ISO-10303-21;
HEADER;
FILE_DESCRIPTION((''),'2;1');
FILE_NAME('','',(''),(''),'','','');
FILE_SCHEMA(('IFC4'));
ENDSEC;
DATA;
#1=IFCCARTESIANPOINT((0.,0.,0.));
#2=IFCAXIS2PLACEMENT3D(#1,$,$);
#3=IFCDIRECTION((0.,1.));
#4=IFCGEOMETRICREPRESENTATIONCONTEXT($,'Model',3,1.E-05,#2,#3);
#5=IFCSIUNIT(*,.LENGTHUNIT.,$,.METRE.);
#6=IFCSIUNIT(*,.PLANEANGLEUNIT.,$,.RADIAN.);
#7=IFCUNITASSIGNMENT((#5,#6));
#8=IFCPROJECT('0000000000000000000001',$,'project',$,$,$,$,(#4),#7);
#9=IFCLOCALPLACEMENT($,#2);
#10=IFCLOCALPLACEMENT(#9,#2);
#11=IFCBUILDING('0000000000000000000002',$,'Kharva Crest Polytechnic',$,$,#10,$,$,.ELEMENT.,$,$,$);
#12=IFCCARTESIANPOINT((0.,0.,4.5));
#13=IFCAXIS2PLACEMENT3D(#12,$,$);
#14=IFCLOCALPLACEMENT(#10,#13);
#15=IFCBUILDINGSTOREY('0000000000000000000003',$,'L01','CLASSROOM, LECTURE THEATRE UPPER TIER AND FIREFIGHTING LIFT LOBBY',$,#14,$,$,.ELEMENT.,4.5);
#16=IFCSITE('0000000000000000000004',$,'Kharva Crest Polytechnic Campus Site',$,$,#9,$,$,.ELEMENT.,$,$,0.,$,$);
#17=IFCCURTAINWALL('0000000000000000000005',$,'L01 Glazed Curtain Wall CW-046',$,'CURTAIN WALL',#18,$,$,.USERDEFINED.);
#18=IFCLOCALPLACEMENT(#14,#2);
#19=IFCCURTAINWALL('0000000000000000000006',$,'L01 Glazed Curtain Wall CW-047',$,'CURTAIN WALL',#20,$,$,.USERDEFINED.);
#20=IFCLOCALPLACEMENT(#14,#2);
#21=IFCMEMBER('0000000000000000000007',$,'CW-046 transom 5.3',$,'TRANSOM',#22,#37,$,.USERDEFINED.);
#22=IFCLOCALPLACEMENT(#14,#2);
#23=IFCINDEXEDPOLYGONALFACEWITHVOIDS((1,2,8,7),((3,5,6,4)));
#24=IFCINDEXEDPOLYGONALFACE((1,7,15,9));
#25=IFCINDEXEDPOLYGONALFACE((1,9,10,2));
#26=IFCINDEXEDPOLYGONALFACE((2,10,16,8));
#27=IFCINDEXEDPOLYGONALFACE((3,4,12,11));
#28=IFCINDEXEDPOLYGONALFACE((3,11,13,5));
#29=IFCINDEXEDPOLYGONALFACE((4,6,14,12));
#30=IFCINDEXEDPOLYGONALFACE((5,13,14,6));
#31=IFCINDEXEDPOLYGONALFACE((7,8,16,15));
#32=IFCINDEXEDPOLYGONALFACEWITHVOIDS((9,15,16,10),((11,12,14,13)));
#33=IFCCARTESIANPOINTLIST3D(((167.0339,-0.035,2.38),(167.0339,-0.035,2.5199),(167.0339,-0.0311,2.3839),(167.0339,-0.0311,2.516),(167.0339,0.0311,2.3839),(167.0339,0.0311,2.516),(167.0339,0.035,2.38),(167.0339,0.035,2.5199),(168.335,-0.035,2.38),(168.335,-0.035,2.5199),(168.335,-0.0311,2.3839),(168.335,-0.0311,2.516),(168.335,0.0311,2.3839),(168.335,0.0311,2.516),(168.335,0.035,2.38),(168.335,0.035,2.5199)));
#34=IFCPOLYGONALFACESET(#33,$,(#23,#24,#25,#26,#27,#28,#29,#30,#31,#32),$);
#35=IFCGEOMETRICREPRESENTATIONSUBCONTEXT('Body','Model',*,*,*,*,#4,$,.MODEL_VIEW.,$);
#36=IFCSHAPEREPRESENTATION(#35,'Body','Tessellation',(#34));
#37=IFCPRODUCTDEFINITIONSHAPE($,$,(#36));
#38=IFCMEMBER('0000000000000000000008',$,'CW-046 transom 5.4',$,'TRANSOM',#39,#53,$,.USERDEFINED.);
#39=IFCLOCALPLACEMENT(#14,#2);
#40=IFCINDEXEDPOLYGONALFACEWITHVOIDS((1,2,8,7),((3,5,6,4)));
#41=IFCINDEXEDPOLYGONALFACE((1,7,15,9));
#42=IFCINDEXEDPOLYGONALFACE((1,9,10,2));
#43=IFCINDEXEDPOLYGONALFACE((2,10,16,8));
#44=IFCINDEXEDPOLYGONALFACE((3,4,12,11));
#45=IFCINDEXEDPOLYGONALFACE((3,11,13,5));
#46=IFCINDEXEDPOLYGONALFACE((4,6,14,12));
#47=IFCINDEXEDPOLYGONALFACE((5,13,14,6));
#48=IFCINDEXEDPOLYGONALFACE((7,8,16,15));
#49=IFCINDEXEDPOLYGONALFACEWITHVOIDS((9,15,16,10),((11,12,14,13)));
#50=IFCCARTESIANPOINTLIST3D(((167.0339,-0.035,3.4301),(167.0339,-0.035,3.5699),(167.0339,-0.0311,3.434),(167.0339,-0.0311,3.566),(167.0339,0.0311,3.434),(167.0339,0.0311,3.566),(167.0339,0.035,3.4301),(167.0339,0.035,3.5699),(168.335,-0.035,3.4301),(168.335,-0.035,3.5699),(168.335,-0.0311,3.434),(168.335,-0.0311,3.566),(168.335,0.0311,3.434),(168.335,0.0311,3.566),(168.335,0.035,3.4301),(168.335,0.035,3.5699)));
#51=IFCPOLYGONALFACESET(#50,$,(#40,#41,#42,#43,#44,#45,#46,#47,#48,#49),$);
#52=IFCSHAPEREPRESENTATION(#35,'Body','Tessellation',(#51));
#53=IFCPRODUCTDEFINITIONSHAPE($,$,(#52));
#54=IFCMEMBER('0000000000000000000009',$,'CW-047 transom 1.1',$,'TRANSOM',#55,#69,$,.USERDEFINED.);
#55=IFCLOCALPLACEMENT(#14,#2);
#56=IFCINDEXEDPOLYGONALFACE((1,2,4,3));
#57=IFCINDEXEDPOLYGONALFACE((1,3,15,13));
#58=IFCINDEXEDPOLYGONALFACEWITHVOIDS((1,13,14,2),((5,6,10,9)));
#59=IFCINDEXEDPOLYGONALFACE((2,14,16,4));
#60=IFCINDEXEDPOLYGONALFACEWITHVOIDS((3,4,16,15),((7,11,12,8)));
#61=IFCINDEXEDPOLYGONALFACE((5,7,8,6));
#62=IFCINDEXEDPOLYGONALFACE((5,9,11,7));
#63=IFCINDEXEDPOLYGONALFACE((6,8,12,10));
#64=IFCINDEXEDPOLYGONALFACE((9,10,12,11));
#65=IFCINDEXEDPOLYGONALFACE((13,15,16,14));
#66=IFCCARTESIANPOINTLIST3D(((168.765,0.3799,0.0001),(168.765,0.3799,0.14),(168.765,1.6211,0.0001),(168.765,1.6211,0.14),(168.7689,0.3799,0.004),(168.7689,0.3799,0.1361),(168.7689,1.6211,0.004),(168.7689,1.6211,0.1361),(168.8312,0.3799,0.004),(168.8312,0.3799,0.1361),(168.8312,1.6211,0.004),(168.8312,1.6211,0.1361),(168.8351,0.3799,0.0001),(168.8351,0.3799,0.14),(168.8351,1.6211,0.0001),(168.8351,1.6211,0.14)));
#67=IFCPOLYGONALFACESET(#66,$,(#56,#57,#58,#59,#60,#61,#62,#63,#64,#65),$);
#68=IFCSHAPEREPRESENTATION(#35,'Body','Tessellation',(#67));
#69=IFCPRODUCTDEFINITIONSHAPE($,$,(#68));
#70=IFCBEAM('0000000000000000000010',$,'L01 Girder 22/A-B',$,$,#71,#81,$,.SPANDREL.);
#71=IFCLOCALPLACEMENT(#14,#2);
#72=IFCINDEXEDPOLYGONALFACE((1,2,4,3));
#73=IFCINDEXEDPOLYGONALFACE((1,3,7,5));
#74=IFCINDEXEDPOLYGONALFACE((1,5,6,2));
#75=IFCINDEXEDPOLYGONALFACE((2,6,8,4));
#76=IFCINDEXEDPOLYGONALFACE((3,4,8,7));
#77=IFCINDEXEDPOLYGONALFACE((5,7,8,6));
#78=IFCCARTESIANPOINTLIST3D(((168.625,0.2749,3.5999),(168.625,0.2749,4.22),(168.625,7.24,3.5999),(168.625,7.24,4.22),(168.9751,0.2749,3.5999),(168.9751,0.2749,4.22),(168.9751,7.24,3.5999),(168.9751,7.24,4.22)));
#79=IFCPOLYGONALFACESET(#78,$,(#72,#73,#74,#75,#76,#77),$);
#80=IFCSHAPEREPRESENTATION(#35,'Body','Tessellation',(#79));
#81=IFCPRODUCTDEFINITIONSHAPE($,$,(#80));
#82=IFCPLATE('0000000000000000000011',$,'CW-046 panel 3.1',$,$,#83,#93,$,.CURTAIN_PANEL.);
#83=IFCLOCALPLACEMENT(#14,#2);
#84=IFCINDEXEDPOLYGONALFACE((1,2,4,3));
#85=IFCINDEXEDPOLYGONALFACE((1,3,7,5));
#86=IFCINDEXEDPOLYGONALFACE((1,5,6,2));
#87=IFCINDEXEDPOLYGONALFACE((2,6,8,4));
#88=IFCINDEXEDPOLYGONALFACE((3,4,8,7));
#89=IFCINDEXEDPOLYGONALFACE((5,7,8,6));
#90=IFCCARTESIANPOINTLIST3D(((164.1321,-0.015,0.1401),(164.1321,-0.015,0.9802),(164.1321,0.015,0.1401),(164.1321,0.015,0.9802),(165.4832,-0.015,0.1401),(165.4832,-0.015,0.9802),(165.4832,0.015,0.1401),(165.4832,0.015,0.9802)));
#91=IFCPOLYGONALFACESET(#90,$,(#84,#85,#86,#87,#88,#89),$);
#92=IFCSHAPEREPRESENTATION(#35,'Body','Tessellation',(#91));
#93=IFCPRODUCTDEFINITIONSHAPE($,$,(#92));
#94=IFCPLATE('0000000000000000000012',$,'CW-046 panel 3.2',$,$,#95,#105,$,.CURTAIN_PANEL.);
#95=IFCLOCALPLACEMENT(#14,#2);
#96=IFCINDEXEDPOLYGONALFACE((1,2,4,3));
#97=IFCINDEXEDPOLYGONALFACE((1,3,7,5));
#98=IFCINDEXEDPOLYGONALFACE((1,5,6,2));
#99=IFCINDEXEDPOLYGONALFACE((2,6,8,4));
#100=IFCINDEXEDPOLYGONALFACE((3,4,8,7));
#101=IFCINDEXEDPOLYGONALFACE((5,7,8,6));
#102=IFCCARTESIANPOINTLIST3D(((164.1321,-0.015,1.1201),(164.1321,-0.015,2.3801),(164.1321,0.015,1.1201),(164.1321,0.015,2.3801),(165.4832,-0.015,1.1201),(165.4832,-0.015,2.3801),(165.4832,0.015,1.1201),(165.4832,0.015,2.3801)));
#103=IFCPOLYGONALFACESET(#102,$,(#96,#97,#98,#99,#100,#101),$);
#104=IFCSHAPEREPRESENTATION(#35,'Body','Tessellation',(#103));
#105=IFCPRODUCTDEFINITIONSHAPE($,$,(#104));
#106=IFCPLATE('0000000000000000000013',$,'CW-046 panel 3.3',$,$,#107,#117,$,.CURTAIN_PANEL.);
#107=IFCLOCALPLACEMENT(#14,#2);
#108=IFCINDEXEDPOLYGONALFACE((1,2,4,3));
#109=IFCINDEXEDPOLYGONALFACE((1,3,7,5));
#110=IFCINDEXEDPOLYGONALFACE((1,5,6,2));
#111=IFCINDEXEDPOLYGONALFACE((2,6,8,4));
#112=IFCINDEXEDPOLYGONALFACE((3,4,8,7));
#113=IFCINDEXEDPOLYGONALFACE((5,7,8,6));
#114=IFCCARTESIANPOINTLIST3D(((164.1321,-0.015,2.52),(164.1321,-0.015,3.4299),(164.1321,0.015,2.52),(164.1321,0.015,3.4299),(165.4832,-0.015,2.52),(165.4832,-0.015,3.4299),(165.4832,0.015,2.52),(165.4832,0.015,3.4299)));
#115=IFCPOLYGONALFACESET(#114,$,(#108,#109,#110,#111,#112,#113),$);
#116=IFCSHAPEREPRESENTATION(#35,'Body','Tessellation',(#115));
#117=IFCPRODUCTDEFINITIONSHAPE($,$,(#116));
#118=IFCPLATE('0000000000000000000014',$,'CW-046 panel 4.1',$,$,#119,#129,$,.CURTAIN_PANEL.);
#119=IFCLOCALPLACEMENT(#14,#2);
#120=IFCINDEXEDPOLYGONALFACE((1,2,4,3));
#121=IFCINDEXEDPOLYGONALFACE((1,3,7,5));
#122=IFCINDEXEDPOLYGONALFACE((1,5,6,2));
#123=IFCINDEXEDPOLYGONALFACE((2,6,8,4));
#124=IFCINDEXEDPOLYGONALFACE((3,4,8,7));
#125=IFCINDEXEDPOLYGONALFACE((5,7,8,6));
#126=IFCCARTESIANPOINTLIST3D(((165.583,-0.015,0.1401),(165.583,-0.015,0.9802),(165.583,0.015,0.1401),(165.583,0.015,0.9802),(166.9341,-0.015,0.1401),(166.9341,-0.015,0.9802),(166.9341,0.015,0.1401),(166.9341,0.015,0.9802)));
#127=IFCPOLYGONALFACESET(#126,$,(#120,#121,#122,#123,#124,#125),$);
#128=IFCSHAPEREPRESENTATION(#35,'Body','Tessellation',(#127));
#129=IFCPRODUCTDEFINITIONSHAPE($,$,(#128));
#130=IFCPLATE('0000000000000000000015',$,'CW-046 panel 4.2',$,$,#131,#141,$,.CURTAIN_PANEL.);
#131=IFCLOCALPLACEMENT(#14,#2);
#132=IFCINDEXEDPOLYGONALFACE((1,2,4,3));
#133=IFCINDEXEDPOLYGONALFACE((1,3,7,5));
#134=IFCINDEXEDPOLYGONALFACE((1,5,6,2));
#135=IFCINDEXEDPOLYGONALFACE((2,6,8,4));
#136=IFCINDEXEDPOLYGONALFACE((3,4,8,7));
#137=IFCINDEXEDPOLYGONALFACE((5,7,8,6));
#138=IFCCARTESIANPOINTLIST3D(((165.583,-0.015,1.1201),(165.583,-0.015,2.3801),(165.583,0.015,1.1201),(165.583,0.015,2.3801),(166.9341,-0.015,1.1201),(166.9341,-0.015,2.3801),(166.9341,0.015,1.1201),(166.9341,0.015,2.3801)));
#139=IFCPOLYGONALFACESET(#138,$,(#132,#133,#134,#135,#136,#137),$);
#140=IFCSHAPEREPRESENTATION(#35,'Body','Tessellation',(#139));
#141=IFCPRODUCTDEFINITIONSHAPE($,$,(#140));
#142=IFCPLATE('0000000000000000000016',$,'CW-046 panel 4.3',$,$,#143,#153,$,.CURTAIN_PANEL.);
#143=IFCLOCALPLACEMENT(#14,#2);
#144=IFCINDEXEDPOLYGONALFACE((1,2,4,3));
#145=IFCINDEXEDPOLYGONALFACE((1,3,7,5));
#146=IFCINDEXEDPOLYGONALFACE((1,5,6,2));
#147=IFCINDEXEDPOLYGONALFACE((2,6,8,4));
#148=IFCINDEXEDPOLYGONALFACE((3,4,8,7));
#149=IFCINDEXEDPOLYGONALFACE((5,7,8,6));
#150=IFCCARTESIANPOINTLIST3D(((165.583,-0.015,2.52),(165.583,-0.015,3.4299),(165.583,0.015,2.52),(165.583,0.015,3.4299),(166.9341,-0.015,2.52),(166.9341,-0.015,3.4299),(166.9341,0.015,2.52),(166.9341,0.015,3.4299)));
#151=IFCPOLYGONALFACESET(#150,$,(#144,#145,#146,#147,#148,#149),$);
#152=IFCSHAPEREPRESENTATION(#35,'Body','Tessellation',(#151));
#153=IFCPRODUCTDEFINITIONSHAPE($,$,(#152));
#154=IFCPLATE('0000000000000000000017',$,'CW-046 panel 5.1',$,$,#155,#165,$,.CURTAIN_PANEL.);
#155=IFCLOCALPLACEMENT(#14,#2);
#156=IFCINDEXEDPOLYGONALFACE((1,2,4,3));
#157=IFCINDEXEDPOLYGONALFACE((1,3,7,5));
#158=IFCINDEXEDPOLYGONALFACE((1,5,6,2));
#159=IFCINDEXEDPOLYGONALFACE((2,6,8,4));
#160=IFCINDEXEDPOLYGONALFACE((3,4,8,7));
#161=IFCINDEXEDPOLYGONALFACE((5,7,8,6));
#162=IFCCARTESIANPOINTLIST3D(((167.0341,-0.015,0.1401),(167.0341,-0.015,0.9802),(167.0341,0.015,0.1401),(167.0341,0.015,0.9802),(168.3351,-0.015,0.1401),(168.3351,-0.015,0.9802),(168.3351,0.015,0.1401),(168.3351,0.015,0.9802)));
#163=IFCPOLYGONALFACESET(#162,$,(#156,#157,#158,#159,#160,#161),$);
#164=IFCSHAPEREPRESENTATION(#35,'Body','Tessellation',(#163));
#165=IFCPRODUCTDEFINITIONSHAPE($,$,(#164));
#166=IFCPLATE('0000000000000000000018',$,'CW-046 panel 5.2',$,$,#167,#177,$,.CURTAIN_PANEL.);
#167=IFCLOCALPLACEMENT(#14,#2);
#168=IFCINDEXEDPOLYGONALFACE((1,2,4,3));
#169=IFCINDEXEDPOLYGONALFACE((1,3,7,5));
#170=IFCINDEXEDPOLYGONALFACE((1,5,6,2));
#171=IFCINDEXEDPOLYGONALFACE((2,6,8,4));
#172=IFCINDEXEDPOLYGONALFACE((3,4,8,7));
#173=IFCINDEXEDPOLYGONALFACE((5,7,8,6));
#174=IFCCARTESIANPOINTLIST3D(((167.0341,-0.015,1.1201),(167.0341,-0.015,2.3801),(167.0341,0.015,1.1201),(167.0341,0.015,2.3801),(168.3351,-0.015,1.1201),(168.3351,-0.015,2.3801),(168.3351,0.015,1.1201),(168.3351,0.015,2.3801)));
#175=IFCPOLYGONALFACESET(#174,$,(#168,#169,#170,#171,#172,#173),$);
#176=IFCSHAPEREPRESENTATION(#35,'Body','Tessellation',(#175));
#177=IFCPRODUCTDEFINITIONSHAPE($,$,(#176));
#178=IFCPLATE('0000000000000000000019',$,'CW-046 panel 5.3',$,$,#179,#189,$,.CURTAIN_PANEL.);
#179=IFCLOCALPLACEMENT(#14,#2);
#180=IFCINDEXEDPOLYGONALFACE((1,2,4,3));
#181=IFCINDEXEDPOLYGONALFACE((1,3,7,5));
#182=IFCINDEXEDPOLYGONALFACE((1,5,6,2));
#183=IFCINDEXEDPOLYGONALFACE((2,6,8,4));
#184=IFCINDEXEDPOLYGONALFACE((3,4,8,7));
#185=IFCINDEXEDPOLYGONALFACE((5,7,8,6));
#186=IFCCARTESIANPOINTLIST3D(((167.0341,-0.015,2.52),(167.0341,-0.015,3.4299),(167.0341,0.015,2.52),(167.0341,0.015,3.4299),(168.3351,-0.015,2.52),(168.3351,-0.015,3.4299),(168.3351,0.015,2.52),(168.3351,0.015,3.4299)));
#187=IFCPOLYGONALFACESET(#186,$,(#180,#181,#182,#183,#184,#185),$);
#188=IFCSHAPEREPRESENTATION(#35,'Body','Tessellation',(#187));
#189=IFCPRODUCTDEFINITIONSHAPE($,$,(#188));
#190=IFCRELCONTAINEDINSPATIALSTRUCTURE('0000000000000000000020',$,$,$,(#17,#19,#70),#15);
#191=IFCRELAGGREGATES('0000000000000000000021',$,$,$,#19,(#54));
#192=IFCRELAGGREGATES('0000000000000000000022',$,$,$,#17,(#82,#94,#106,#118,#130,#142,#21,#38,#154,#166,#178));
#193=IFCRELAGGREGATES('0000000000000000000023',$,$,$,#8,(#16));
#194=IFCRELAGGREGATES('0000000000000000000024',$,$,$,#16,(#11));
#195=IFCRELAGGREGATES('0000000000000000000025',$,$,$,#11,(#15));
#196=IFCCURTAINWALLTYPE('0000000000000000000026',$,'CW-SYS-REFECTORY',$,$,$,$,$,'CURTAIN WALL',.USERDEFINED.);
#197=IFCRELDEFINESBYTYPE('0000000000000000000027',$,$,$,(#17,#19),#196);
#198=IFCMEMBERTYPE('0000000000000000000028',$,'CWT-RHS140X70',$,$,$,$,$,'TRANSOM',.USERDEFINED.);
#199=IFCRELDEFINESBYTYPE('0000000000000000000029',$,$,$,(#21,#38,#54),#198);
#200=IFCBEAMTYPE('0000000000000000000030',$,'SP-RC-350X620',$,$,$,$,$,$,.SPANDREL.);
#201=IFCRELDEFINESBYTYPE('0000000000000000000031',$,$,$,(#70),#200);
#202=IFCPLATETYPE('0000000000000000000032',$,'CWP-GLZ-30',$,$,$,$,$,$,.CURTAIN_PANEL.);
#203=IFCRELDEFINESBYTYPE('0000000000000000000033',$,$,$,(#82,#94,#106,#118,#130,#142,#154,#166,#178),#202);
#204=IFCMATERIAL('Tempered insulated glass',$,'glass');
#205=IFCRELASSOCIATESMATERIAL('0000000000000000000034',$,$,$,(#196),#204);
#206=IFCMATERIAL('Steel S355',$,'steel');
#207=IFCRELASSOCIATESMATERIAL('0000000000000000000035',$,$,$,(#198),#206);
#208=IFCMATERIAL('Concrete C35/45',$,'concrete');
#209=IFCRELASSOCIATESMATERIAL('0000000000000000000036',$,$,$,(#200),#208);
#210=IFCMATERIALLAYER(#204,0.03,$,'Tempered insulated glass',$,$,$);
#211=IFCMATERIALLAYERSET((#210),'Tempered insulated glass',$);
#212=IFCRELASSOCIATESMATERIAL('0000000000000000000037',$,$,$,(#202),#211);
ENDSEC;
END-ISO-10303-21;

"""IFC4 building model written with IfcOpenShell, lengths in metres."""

from ifc_helpers import new_model, si_unit, direction, frame, origin, origin_2d, place, context, subcontext, project, spatial, rectangle, hollow_rectangle, extrude, material, layer, layer_set, material_profile, profile_set, type_object, element, aggregate, save


model = new_model("IFC4")

# Units and contexts
model_context = context("Model", 3, precision=1e-05, world=origin(), true_north=direction((0.0, 1.0)))
body_context = subcontext(model_context, "Body", "Model", "MODEL_VIEW")
ifc_project = project(units=[si_unit("LENGTHUNIT", "METRE"), si_unit("PLANEANGLEUNIT", "RADIAN")], contexts=[model_context])

# Site, building, storey
site_placement = place(None, origin())
site = spatial("IfcSite", under=ifc_project, at=site_placement, Name="Kharva Crest Polytechnic Campus Site", CompositionType="ELEMENT", RefElevation=0.0)
building_placement = place(site_placement, origin())
building = spatial("IfcBuilding", under=site, at=building_placement, Name="Kharva Crest Polytechnic", CompositionType="ELEMENT")
storey_placement = place(building_placement, frame((0.0, 0.0, 4.5)))
storey = spatial("IfcBuildingStorey", under=building, at=storey_placement, Name="L01", Description="CLASSROOM, LECTURE THEATRE UPPER TIER AND FIREFIGHTING LIFT LOBBY", CompositionType="ELEMENT", Elevation=4.5)

# Curtain wall
ifc_material_1 = material(Name="Tempered insulated glass", Category="glass")
curtain_wall_type = type_object("IfcCurtainWallType", Name="CW-SYS-REFECTORY", ElementType="CURTAIN WALL", PredefinedType="USERDEFINED", material=ifc_material_1)
curtain_wall_1_placement = place(storey_placement, origin())
curtain_wall_1 = element("IfcCurtainWall", 1, at=curtain_wall_1_placement, inside=storey, type_object=curtain_wall_type, Name="L01 Glazed Curtain Wall CW-046", ObjectType="CURTAIN WALL", PredefinedType="USERDEFINED")
ifc_material_2 = material(Name="Steel S355", Category="steel")

# Curtain wall
curtain_wall_2_placement = place(storey_placement, origin())
curtain_wall_2 = element("IfcCurtainWall", 2, at=curtain_wall_2_placement, inside=storey, type_object=curtain_wall_type, Name="L01 Glazed Curtain Wall CW-047", ObjectType="CURTAIN WALL", PredefinedType="USERDEFINED")

# Members
ifc_material_profile_1 = material_profile(ifc_material_2, hollow_rectangle(XDim=0.0701, YDim=0.1399, WallThickness=0.0039, at=origin_2d()), Name="RHS 140X70X4.0")
ifc_profile_set_1 = profile_set([ifc_material_profile_1], Name="Steel S355")
member_type_1 = type_object("IfcMemberType", Name="CWT-RHS140X70", ElementType="TRANSOM", PredefinedType="USERDEFINED", material=ifc_profile_set_1)
member_1_placement = place(storey_placement, frame((167.0339, 0.0, 2.45), z_axis=(1.0, 0.0, 0.0), x_axis=(0.0, 1.0, 0.0)))
member_1 = element("IfcMember", 3, at=member_1_placement, type_object=member_type_1, Name="CW-046 transom 5.3", ObjectType="TRANSOM", PredefinedType="USERDEFINED", context=body_context, shape_type="SweptSolid", body=[
    extrude(hollow_rectangle(XDim=0.0701, YDim=0.1399, WallThickness=0.0039, at=origin_2d()), origin(), (0.0, 0.0, 1.0), 1.301),
])
member_2_placement = place(storey_placement, frame((167.0339, 0.0, 3.5), z_axis=(1.0, 0.0, 0.0), x_axis=(0.0, 1.0, 0.0)))
member_2 = element("IfcMember", 4, at=member_2_placement, type_object=member_type_1, Name="CW-046 transom 5.4", ObjectType="TRANSOM", PredefinedType="USERDEFINED", context=body_context, shape_type="SweptSolid", body=[
    extrude(hollow_rectangle(XDim=0.0701, YDim=0.1399, WallThickness=0.0039, at=origin_2d()), origin(), (0.0, 0.0, 1.0), 1.301),
])
member_3_placement = place(storey_placement, frame((168.8, 0.3799, 0.0701), z_axis=(0.0, 1.0, 0.0), x_axis=(-1.0, 0.0, 0.0)))
member_3 = element("IfcMember", 5, at=member_3_placement, type_object=member_type_1, Name="CW-047 transom 1.1", ObjectType="TRANSOM", PredefinedType="USERDEFINED", context=body_context, shape_type="SweptSolid", body=[
    extrude(hollow_rectangle(XDim=0.0701, YDim=0.1399, WallThickness=0.0039, at=origin_2d()), origin(), (0.0, 0.0, 1.0), 1.2412),
])
aggregate(curtain_wall_2, [member_3])

# Beam
ifc_material_3 = material(Name="Concrete C35/45", Category="concrete")
ifc_material_profile_2 = material_profile(ifc_material_3, rectangle(XDim=0.3501, YDim=0.6201, at=origin_2d()), Name="RECT 350 X 620")
ifc_profile_set_2 = profile_set([ifc_material_profile_2], Name="Concrete C35/45")
beam_type = type_object("IfcBeamType", Name="SP-RC-350X620", PredefinedType="SPANDREL", material=ifc_profile_set_2)
beam_placement = place(storey_placement, frame((168.8, 0.2749, 3.9099), z_axis=(0.0, 1.0, 0.0), x_axis=(-1.0, 0.0, 0.0)))
element("IfcBeam", 6, at=beam_placement, inside=storey, type_object=beam_type, Name="L01 Girder 22/A-B", PredefinedType="SPANDREL", context=body_context, shape_type="SweptSolid", body=[
    extrude(rectangle(XDim=0.3501, YDim=0.6201, at=origin_2d()), origin(), (0.0, 0.0, 1.0), 6.9651),
])

# Plates
ifc_layer = layer(ifc_material_1, 0.03, Name="Tempered insulated glass")
ifc_layer_set = layer_set([ifc_layer], Name="Tempered insulated glass")
plate_type = type_object("IfcPlateType", Name="CWP-GLZ-30", PredefinedType="CURTAIN_PANEL", material=ifc_layer_set)
plate_1_placement = place(storey_placement, frame((164.8076, 0.0, 0.1401), z_axis=(0.0, 0.0, 1.0), x_axis=(1.0, 0.0, 0.0)))
plate_1 = element("IfcPlate", 7, at=plate_1_placement, type_object=plate_type, Name="CW-046 panel 3.1", PredefinedType="CURTAIN_PANEL", context=body_context, shape_type="SweptSolid", body=[
    extrude(rectangle(XDim=1.3511, YDim=0.03, at=origin_2d()), origin(), (0.0, 0.0, 1.0), 0.8401),
])
plate_2_placement = place(storey_placement, frame((164.8076, 0.0, 1.1201), z_axis=(0.0, 0.0, 1.0), x_axis=(1.0, 0.0, 0.0)))
plate_2 = element("IfcPlate", 8, at=plate_2_placement, type_object=plate_type, Name="CW-046 panel 3.2", PredefinedType="CURTAIN_PANEL", context=body_context, shape_type="SweptSolid", body=[
    extrude(rectangle(XDim=1.3511, YDim=0.03, at=origin_2d()), origin(), (0.0, 0.0, 1.0), 1.26),
])
plate_3_placement = place(storey_placement, frame((164.8076, 0.0, 2.52), z_axis=(0.0, 0.0, 1.0), x_axis=(1.0, 0.0, 0.0)))
plate_3 = element("IfcPlate", 9, at=plate_3_placement, type_object=plate_type, Name="CW-046 panel 3.3", PredefinedType="CURTAIN_PANEL", context=body_context, shape_type="SweptSolid", body=[
    extrude(rectangle(XDim=1.3511, YDim=0.03, at=origin_2d()), origin(), (0.0, 0.0, 1.0), 0.9099),
])
plate_4_placement = place(storey_placement, frame((166.2585, 0.0, 0.1401), z_axis=(0.0, 0.0, 1.0), x_axis=(1.0, 0.0, 0.0)))
plate_4 = element("IfcPlate", 10, at=plate_4_placement, type_object=plate_type, Name="CW-046 panel 4.1", PredefinedType="CURTAIN_PANEL", context=body_context, shape_type="SweptSolid", body=[
    extrude(rectangle(XDim=1.3511, YDim=0.03, at=origin_2d()), origin(), (0.0, 0.0, 1.0), 0.8401),
])
plate_5_placement = place(storey_placement, frame((166.2585, 0.0, 1.1201), z_axis=(0.0, 0.0, 1.0), x_axis=(1.0, 0.0, 0.0)))
plate_5 = element("IfcPlate", 11, at=plate_5_placement, type_object=plate_type, Name="CW-046 panel 4.2", PredefinedType="CURTAIN_PANEL", context=body_context, shape_type="SweptSolid", body=[
    extrude(rectangle(XDim=1.3511, YDim=0.03, at=origin_2d()), origin(), (0.0, 0.0, 1.0), 1.26),
])
plate_6_placement = place(storey_placement, frame((166.2585, 0.0, 2.52), z_axis=(0.0, 0.0, 1.0), x_axis=(1.0, 0.0, 0.0)))
plate_6 = element("IfcPlate", 12, at=plate_6_placement, type_object=plate_type, Name="CW-046 panel 4.3", PredefinedType="CURTAIN_PANEL", context=body_context, shape_type="SweptSolid", body=[
    extrude(rectangle(XDim=1.3511, YDim=0.03, at=origin_2d()), origin(), (0.0, 0.0, 1.0), 0.9099),
])
plate_7_placement = place(storey_placement, frame((167.6846, 0.0, 0.1401), z_axis=(0.0, 0.0, 1.0), x_axis=(1.0, 0.0, 0.0)))
plate_7 = element("IfcPlate", 13, at=plate_7_placement, type_object=plate_type, Name="CW-046 panel 5.1", PredefinedType="CURTAIN_PANEL", context=body_context, shape_type="SweptSolid", body=[
    extrude(rectangle(XDim=1.301, YDim=0.03, at=origin_2d()), origin(), (0.0, 0.0, 1.0), 0.8401),
])
plate_8_placement = place(storey_placement, frame((167.6846, 0.0, 1.1201), z_axis=(0.0, 0.0, 1.0), x_axis=(1.0, 0.0, 0.0)))
plate_8 = element("IfcPlate", 14, at=plate_8_placement, type_object=plate_type, Name="CW-046 panel 5.2", PredefinedType="CURTAIN_PANEL", context=body_context, shape_type="SweptSolid", body=[
    extrude(rectangle(XDim=1.301, YDim=0.03, at=origin_2d()), origin(), (0.0, 0.0, 1.0), 1.26),
])
plate_9_placement = place(storey_placement, frame((167.6846, 0.0, 2.52), z_axis=(0.0, 0.0, 1.0), x_axis=(1.0, 0.0, 0.0)))
plate_9 = element("IfcPlate", 15, at=plate_9_placement, type_object=plate_type, Name="CW-046 panel 5.3", PredefinedType="CURTAIN_PANEL", context=body_context, shape_type="SweptSolid", body=[
    extrude(rectangle(XDim=1.301, YDim=0.03, at=origin_2d()), origin(), (0.0, 0.0, 1.0), 0.9099),
])
aggregate(curtain_wall_1, [plate_1, plate_2, plate_3, plate_4, plate_5, plate_6, member_1, member_2, plate_7, plate_8, plate_9])

save(model, "model.ifc")
